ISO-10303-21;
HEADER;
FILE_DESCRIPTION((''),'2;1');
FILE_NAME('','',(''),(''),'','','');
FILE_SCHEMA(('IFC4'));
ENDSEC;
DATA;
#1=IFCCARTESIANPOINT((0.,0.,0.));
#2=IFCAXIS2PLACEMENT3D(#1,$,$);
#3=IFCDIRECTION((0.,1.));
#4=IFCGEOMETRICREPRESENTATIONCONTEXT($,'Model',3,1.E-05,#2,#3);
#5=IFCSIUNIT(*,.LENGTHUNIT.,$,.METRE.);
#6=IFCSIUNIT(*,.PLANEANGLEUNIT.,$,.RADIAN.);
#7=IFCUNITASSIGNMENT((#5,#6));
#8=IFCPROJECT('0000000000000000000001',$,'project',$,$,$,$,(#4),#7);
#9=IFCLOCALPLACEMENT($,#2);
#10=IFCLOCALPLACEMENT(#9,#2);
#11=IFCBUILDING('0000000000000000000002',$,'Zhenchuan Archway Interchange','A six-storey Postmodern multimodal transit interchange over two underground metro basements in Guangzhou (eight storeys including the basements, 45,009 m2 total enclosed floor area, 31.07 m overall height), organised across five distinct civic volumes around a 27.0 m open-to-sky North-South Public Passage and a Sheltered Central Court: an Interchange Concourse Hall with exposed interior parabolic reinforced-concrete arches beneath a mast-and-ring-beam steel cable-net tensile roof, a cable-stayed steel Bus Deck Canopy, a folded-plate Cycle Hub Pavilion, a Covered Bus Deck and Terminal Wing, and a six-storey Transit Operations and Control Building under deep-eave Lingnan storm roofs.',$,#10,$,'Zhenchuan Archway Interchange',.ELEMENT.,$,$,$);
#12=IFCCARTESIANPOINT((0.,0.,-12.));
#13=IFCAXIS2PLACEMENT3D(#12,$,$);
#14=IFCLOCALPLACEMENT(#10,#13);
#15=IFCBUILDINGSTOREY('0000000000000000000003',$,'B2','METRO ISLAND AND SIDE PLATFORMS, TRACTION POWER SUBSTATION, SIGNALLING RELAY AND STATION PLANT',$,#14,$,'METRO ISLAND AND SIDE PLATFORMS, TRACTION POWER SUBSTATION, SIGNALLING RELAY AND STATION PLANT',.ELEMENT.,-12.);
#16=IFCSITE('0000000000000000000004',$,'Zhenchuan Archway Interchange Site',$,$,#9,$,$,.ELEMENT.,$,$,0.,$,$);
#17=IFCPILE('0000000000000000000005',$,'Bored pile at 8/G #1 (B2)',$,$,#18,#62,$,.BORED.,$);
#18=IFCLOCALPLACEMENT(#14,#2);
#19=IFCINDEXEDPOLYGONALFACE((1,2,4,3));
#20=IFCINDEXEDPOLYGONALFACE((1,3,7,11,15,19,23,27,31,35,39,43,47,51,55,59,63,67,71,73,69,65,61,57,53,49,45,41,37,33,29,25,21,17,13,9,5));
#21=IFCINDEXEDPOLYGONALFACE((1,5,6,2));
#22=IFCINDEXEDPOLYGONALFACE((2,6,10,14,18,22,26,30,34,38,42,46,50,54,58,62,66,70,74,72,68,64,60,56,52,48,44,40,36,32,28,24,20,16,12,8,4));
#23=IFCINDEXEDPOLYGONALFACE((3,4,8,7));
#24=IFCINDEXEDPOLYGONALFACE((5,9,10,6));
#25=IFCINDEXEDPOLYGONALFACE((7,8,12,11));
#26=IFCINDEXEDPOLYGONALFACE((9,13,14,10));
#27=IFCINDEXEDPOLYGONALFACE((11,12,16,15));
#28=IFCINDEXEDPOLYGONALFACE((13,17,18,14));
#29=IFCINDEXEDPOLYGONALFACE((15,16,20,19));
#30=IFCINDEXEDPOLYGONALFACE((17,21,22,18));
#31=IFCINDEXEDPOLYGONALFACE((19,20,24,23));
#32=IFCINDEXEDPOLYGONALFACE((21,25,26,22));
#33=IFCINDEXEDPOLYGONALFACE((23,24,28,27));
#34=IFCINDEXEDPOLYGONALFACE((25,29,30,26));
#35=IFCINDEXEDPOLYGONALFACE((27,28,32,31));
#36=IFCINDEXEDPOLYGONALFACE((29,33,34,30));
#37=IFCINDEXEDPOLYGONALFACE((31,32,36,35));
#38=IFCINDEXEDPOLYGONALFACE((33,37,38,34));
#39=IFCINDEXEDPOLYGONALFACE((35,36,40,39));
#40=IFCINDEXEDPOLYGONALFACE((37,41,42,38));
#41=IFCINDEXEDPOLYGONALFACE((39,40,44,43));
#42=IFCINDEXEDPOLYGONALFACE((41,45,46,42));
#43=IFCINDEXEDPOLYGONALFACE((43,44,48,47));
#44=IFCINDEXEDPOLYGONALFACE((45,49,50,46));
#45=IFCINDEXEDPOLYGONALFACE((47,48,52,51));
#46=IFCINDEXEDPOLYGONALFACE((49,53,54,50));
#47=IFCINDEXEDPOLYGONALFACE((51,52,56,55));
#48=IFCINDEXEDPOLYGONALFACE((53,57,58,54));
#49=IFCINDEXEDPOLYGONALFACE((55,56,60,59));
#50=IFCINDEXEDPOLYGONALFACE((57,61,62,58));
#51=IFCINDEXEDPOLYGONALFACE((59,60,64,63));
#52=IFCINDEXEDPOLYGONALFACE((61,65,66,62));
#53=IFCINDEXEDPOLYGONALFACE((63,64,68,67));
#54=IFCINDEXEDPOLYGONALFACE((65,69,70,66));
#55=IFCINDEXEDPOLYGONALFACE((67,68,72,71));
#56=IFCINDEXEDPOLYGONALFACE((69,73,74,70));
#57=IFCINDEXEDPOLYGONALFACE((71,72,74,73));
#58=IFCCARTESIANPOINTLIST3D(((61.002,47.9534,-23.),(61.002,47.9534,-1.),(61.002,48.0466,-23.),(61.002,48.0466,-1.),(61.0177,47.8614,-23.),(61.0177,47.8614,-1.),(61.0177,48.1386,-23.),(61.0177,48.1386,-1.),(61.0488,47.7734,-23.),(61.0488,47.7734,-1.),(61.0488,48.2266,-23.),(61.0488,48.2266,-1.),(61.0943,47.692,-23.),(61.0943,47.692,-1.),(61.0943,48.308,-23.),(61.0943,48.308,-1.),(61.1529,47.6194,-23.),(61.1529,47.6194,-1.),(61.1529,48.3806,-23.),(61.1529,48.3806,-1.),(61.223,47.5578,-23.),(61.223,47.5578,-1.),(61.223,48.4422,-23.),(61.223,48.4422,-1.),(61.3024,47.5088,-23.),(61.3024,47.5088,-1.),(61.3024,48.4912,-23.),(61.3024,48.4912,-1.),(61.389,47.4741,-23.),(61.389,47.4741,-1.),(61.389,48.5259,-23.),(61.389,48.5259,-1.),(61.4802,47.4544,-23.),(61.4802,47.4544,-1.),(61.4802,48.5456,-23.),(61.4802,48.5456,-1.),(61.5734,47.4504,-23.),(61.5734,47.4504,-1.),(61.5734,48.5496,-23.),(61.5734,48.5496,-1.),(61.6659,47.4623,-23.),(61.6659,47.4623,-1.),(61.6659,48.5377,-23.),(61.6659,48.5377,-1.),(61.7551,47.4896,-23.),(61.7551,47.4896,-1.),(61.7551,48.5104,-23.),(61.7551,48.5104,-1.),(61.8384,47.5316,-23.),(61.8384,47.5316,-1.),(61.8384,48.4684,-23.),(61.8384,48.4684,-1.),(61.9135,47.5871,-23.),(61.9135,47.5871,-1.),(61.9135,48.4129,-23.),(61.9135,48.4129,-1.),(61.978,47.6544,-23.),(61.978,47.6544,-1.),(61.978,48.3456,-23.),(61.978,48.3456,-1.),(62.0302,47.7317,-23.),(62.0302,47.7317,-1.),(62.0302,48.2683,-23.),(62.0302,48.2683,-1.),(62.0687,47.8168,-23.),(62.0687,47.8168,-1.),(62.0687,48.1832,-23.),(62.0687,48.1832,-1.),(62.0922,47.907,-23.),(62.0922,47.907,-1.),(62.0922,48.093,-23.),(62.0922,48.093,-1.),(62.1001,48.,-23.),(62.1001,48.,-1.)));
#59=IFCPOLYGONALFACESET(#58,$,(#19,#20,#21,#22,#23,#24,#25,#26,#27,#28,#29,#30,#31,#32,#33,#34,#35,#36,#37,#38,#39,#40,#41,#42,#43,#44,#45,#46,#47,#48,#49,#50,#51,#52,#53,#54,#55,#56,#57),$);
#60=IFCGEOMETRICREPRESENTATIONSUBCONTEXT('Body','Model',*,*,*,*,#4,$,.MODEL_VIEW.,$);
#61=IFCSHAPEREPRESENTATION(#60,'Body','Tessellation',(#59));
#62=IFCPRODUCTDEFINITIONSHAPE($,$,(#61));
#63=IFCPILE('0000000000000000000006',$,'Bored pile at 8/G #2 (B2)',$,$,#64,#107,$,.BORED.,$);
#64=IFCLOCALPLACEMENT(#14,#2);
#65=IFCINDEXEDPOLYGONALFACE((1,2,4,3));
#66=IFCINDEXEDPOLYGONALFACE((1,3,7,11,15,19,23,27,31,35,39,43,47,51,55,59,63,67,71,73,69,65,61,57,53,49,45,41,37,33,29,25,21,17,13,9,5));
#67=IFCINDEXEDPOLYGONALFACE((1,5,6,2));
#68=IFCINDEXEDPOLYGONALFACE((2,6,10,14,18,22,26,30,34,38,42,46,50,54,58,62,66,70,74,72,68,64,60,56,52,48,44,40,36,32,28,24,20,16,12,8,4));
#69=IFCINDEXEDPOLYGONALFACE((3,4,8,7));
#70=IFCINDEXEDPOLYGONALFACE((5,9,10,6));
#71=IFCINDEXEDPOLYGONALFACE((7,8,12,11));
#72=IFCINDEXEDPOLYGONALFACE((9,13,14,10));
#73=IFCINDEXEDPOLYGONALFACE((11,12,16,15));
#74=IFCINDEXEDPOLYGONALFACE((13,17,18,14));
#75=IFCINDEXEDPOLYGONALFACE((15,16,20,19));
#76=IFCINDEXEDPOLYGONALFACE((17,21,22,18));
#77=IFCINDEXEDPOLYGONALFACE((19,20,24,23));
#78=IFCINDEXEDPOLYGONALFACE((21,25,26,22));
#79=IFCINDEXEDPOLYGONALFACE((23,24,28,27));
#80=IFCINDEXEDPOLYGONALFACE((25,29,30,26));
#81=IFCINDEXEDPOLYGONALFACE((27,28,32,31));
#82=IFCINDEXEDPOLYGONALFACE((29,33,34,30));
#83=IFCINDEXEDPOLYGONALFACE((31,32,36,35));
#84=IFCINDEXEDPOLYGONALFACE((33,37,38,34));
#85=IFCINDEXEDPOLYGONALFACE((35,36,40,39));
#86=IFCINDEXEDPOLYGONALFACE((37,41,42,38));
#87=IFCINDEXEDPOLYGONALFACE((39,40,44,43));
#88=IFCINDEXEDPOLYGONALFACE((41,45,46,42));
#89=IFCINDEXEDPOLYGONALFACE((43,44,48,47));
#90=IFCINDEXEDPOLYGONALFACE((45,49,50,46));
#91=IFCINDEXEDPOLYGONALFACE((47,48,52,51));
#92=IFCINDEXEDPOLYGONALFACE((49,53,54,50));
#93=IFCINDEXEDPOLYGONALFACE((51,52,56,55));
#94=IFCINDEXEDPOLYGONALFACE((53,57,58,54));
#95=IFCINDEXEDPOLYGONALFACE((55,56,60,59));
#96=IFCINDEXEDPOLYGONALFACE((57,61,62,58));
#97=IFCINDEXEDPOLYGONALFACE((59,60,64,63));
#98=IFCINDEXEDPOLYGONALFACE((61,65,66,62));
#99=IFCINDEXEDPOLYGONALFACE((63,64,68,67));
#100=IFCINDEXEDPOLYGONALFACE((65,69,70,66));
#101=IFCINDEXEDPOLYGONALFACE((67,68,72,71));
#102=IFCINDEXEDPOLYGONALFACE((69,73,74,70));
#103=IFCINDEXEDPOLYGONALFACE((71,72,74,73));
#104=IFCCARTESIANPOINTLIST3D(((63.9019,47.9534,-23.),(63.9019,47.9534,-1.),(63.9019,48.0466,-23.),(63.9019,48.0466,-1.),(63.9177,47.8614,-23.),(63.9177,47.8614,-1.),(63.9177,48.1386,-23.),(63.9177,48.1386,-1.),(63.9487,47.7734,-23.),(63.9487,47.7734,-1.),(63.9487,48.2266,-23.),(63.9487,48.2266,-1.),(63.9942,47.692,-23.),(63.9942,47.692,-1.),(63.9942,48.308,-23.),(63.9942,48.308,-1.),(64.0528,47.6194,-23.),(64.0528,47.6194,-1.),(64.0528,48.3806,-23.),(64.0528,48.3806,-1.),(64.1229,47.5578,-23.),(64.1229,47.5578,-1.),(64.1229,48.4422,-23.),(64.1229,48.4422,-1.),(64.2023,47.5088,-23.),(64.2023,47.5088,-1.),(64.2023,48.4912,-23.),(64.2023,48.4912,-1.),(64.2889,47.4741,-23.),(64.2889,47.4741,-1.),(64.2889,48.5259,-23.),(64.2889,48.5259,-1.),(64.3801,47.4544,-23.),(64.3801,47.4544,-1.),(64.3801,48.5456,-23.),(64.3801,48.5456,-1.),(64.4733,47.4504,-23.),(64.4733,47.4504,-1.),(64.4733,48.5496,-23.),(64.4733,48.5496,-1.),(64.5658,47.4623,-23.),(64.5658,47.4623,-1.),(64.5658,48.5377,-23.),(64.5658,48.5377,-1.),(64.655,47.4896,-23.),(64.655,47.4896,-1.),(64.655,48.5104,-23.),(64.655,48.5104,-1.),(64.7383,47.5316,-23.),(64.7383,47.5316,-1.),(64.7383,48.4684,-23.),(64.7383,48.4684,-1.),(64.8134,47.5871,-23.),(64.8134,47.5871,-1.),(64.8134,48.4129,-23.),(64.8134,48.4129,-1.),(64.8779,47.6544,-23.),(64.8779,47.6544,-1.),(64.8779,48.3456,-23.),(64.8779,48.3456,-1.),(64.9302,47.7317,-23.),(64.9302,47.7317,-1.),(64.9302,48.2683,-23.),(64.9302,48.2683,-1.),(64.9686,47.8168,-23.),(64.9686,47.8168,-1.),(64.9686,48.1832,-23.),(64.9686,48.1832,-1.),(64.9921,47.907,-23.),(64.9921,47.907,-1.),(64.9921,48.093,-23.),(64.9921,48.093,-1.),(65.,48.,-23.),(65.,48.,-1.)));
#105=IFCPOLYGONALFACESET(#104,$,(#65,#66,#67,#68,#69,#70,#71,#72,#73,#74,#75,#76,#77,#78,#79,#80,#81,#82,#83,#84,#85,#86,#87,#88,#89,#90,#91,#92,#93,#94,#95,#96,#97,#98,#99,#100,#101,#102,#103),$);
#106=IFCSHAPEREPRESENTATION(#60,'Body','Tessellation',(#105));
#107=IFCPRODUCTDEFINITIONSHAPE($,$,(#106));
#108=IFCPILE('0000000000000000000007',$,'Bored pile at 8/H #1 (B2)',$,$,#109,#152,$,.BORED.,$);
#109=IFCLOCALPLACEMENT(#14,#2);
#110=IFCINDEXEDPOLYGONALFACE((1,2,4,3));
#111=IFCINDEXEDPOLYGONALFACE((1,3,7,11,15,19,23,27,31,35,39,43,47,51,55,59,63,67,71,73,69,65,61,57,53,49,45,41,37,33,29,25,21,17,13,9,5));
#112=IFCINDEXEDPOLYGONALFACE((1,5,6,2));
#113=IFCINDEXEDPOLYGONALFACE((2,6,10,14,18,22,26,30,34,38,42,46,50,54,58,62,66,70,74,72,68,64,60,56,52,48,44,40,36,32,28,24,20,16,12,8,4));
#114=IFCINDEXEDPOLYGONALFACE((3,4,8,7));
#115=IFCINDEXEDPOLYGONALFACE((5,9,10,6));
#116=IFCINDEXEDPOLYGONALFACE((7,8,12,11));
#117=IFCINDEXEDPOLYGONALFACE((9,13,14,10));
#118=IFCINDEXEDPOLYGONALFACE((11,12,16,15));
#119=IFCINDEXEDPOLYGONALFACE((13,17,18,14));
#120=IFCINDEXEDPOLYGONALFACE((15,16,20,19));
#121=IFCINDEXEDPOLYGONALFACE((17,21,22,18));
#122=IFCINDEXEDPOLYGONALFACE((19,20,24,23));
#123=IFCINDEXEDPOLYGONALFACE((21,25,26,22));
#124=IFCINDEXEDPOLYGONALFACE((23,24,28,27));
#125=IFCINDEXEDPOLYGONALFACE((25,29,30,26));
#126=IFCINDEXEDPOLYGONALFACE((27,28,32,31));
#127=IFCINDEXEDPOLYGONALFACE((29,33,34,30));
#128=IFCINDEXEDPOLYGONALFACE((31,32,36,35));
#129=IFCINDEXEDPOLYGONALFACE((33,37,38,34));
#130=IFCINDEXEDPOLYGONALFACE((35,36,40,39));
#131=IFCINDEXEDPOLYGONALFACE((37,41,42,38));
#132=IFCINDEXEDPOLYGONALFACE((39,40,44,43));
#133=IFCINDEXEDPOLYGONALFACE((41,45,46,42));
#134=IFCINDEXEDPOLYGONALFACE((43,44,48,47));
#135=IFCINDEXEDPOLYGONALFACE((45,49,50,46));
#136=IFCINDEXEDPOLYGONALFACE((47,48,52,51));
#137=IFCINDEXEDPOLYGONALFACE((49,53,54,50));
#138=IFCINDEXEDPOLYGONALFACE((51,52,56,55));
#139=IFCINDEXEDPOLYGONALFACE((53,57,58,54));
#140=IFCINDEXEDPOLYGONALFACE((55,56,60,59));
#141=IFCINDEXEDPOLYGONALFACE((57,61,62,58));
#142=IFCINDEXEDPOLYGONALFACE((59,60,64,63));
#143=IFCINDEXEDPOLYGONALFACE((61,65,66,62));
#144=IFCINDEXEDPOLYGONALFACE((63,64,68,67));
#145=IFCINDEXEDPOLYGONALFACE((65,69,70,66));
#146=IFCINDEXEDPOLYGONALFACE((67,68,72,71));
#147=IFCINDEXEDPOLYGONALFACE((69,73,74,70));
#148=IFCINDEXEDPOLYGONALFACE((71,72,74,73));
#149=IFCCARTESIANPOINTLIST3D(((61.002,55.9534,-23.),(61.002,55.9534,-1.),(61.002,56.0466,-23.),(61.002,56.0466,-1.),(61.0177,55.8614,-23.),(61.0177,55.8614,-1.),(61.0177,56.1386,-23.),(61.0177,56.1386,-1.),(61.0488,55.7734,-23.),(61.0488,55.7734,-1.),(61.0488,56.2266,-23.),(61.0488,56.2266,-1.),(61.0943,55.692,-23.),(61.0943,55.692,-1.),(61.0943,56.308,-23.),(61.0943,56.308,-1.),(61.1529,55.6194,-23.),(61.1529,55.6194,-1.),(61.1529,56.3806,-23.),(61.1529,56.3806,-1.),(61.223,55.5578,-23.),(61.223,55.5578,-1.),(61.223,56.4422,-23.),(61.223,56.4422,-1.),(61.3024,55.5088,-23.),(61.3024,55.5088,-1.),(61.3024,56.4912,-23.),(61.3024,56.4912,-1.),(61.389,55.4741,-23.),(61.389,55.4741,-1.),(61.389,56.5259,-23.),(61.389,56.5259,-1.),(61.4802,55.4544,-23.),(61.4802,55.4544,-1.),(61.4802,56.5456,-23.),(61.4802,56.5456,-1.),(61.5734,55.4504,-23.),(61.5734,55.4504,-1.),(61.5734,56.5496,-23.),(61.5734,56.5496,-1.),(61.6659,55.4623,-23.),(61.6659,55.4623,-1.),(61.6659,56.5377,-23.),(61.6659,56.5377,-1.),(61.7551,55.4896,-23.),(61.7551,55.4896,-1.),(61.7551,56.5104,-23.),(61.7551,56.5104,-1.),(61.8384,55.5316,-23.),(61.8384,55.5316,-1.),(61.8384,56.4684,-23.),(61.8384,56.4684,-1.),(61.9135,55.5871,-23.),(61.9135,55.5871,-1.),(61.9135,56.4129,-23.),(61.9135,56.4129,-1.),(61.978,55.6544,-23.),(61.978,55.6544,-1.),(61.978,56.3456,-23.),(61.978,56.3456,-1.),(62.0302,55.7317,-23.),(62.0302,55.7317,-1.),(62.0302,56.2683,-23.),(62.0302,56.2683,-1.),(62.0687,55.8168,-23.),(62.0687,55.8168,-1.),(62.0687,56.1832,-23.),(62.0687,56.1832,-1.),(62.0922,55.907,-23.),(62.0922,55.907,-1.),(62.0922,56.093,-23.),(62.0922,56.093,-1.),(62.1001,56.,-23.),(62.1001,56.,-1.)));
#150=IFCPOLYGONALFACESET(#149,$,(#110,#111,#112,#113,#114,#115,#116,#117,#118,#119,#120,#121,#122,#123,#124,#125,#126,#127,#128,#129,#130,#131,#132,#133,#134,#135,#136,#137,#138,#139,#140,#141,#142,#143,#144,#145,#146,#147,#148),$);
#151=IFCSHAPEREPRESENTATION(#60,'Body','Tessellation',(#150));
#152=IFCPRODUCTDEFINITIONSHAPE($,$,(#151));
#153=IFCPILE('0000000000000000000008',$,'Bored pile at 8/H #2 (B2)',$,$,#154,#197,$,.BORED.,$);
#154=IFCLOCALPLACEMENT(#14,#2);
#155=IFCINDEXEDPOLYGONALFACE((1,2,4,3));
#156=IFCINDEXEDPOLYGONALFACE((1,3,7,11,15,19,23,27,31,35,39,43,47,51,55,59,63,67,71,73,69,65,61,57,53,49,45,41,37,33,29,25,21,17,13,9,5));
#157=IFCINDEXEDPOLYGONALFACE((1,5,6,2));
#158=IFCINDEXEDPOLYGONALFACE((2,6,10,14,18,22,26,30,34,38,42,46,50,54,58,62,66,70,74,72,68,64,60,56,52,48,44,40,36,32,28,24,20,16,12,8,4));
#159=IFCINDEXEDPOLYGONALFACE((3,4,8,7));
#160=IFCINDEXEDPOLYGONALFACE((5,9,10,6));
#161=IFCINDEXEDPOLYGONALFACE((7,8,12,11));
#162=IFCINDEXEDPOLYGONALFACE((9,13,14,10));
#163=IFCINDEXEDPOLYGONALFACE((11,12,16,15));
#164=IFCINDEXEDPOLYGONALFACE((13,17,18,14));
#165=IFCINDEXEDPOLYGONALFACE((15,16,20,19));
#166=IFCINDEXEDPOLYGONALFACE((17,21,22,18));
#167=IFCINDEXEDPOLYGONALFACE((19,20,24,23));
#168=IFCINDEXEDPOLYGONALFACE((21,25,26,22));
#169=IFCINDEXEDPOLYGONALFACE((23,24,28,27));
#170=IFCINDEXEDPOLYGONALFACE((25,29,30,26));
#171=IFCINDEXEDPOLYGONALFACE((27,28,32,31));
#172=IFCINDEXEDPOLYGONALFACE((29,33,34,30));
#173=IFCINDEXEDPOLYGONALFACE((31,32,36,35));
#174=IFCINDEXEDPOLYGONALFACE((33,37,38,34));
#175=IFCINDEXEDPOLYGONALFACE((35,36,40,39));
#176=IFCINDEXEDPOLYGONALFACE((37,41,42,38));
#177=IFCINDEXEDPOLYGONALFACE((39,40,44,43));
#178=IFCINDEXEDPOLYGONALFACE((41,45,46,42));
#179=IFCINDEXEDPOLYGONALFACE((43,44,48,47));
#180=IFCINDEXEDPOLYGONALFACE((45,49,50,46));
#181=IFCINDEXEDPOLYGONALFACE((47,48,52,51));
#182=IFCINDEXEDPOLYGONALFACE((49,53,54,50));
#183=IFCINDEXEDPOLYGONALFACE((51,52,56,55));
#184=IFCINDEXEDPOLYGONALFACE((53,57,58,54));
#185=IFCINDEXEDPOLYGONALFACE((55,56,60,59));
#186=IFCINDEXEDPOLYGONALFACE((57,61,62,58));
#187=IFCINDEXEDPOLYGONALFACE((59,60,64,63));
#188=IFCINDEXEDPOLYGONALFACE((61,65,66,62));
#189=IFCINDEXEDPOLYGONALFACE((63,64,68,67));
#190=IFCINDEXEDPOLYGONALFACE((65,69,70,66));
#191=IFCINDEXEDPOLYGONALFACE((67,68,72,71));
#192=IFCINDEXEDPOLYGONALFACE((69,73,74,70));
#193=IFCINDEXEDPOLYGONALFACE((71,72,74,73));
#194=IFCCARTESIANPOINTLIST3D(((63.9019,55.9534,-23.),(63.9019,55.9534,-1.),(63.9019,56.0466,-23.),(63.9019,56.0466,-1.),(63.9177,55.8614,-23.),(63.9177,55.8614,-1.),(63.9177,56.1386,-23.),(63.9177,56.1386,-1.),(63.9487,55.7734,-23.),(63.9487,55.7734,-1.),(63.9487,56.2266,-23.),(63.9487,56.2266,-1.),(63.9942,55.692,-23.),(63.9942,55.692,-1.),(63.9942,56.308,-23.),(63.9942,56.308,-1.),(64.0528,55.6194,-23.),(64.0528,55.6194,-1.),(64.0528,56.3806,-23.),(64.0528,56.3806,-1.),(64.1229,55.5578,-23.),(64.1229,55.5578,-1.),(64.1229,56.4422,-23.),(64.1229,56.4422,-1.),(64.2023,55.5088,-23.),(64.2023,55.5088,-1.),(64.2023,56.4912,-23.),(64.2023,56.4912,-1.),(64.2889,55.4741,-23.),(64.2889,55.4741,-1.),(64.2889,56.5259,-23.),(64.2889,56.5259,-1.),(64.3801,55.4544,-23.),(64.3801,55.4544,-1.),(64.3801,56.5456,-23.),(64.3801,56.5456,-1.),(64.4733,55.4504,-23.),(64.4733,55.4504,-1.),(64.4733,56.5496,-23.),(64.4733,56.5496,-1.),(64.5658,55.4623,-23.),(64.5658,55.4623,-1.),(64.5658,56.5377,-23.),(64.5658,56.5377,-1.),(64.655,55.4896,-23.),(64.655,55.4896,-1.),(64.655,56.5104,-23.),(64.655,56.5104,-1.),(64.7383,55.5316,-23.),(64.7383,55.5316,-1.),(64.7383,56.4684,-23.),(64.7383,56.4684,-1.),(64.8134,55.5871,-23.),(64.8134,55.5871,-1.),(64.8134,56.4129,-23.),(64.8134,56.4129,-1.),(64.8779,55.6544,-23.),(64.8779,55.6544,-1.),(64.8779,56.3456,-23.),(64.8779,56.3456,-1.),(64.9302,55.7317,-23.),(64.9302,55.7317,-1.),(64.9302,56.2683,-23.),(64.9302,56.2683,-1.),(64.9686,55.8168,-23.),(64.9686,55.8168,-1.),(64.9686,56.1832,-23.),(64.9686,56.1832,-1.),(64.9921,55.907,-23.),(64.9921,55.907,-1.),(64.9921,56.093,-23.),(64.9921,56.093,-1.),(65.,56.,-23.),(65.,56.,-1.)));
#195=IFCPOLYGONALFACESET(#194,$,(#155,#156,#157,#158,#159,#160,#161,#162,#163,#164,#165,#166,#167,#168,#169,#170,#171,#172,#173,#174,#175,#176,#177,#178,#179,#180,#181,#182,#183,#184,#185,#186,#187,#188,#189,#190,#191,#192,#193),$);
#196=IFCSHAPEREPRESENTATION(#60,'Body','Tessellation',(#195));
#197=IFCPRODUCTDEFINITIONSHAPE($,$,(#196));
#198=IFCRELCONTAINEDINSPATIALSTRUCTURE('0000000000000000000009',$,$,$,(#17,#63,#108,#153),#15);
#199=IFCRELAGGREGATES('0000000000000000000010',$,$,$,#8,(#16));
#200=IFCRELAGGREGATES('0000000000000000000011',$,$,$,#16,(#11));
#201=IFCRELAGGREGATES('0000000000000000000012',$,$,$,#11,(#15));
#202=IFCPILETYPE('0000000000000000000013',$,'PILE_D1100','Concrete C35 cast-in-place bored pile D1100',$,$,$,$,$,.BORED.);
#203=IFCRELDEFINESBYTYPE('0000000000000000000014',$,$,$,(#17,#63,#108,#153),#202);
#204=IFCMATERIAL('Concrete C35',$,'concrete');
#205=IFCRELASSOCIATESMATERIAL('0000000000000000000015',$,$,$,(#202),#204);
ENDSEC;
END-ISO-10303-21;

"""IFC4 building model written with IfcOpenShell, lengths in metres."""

from ifc_helpers import new_model, si_unit, direction, frame, origin, origin_2d, place, context, subcontext, project, spatial, circle, extrude, material, material_profile, profile_set, type_object, element, save


model = new_model("IFC4")

# Units and contexts
model_context = context("Model", 3, precision=1e-05, world=origin(), true_north=direction((0.0, 1.0)))
body_context = subcontext(model_context, "Body", "Model", "MODEL_VIEW")
ifc_project = project(units=[si_unit("LENGTHUNIT", "METRE"), si_unit("PLANEANGLEUNIT", "RADIAN")], contexts=[model_context])

# Site, building, storey
site_placement = place(None, origin())
site = spatial("IfcSite", under=ifc_project, at=site_placement, Name="Zhenchuan Archway Interchange Site", CompositionType="ELEMENT", RefElevation=0.0)
building_placement = place(site_placement, origin())
building = spatial("IfcBuilding", under=site, at=building_placement, Name="Zhenchuan Archway Interchange", Description="A six-storey Postmodern multimodal transit interchange over two underground metro basements in Guangzhou (eight storeys including the basements, 45,009 m2 total enclosed floor area, 31.07 m overall height), organised across five distinct civic volumes around a 27.0 m open-to-sky North-South Public Passage and a Sheltered Central Court: an Interchange Concourse Hall with exposed interior parabolic reinforced-concrete arches beneath a mast-and-ring-beam steel cable-net tensile roof, a cable-stayed steel Bus Deck Canopy, a folded-plate Cycle Hub Pavilion, a Covered Bus Deck and Terminal Wing, and a six-storey Transit Operations and Control Building under deep-eave Lingnan storm roofs.", LongName="Zhenchuan Archway Interchange", CompositionType="ELEMENT")
storey_placement = place(building_placement, frame((0.0, 0.0, -12.0)))
storey = spatial("IfcBuildingStorey", under=building, at=storey_placement, Name="B2", Description="METRO ISLAND AND SIDE PLATFORMS, TRACTION POWER SUBSTATION, SIGNALLING RELAY AND STATION PLANT", LongName="METRO ISLAND AND SIDE PLATFORMS, TRACTION POWER SUBSTATION, SIGNALLING RELAY AND STATION PLANT", CompositionType="ELEMENT", Elevation=-12.0)

# Piles
ifc_material_1 = material(Name="Concrete C35", Category="concrete")
ifc_material_profile_1 = material_profile(ifc_material_1, circle(Radius=0.55, at=origin_2d()), Name="BORED PILE 1100")
ifc_profile_set_1 = profile_set([ifc_material_profile_1], Name="Concrete C35")
pile_type_1 = type_object("IfcPileType", Name="PILE_D1100", Description="Concrete C35 cast-in-place bored pile D1100", PredefinedType="BORED", material=ifc_profile_set_1)
for number, where, z_axis, x_axis, name in (
    (1, (61.55, 48.0, -1.0), (0.0, 0.0, -1.0), (1.0, 0.0, 0.0), "Bored pile at 8/G #1 (B2)"),
    (2, (64.45, 48.0, -1.0), (0.0, 0.0, -1.0), (1.0, 0.0, 0.0), "Bored pile at 8/G #2 (B2)"),
    (3, (61.55, 56.0, -1.0), (0.0, 0.0, -1.0), (1.0, 0.0, 0.0), "Bored pile at 8/H #1 (B2)"),
    (4, (64.45, 56.0, -1.0), (0.0, 0.0, -1.0), (1.0, 0.0, 0.0), "Bored pile at 8/H #2 (B2)"),
):
    element("IfcPile", number, at=place(storey_placement, frame(where, z_axis=z_axis, x_axis=x_axis)), inside=storey, type_object=pile_type_1, Name=name, PredefinedType="BORED", context=body_context, shape_type="SweptSolid", body=[
        extrude(circle(Radius=0.55, at=origin_2d()), origin(), (0.0, 0.0, 1.0), 22.0),
    ])

save(model, "model.ifc")
